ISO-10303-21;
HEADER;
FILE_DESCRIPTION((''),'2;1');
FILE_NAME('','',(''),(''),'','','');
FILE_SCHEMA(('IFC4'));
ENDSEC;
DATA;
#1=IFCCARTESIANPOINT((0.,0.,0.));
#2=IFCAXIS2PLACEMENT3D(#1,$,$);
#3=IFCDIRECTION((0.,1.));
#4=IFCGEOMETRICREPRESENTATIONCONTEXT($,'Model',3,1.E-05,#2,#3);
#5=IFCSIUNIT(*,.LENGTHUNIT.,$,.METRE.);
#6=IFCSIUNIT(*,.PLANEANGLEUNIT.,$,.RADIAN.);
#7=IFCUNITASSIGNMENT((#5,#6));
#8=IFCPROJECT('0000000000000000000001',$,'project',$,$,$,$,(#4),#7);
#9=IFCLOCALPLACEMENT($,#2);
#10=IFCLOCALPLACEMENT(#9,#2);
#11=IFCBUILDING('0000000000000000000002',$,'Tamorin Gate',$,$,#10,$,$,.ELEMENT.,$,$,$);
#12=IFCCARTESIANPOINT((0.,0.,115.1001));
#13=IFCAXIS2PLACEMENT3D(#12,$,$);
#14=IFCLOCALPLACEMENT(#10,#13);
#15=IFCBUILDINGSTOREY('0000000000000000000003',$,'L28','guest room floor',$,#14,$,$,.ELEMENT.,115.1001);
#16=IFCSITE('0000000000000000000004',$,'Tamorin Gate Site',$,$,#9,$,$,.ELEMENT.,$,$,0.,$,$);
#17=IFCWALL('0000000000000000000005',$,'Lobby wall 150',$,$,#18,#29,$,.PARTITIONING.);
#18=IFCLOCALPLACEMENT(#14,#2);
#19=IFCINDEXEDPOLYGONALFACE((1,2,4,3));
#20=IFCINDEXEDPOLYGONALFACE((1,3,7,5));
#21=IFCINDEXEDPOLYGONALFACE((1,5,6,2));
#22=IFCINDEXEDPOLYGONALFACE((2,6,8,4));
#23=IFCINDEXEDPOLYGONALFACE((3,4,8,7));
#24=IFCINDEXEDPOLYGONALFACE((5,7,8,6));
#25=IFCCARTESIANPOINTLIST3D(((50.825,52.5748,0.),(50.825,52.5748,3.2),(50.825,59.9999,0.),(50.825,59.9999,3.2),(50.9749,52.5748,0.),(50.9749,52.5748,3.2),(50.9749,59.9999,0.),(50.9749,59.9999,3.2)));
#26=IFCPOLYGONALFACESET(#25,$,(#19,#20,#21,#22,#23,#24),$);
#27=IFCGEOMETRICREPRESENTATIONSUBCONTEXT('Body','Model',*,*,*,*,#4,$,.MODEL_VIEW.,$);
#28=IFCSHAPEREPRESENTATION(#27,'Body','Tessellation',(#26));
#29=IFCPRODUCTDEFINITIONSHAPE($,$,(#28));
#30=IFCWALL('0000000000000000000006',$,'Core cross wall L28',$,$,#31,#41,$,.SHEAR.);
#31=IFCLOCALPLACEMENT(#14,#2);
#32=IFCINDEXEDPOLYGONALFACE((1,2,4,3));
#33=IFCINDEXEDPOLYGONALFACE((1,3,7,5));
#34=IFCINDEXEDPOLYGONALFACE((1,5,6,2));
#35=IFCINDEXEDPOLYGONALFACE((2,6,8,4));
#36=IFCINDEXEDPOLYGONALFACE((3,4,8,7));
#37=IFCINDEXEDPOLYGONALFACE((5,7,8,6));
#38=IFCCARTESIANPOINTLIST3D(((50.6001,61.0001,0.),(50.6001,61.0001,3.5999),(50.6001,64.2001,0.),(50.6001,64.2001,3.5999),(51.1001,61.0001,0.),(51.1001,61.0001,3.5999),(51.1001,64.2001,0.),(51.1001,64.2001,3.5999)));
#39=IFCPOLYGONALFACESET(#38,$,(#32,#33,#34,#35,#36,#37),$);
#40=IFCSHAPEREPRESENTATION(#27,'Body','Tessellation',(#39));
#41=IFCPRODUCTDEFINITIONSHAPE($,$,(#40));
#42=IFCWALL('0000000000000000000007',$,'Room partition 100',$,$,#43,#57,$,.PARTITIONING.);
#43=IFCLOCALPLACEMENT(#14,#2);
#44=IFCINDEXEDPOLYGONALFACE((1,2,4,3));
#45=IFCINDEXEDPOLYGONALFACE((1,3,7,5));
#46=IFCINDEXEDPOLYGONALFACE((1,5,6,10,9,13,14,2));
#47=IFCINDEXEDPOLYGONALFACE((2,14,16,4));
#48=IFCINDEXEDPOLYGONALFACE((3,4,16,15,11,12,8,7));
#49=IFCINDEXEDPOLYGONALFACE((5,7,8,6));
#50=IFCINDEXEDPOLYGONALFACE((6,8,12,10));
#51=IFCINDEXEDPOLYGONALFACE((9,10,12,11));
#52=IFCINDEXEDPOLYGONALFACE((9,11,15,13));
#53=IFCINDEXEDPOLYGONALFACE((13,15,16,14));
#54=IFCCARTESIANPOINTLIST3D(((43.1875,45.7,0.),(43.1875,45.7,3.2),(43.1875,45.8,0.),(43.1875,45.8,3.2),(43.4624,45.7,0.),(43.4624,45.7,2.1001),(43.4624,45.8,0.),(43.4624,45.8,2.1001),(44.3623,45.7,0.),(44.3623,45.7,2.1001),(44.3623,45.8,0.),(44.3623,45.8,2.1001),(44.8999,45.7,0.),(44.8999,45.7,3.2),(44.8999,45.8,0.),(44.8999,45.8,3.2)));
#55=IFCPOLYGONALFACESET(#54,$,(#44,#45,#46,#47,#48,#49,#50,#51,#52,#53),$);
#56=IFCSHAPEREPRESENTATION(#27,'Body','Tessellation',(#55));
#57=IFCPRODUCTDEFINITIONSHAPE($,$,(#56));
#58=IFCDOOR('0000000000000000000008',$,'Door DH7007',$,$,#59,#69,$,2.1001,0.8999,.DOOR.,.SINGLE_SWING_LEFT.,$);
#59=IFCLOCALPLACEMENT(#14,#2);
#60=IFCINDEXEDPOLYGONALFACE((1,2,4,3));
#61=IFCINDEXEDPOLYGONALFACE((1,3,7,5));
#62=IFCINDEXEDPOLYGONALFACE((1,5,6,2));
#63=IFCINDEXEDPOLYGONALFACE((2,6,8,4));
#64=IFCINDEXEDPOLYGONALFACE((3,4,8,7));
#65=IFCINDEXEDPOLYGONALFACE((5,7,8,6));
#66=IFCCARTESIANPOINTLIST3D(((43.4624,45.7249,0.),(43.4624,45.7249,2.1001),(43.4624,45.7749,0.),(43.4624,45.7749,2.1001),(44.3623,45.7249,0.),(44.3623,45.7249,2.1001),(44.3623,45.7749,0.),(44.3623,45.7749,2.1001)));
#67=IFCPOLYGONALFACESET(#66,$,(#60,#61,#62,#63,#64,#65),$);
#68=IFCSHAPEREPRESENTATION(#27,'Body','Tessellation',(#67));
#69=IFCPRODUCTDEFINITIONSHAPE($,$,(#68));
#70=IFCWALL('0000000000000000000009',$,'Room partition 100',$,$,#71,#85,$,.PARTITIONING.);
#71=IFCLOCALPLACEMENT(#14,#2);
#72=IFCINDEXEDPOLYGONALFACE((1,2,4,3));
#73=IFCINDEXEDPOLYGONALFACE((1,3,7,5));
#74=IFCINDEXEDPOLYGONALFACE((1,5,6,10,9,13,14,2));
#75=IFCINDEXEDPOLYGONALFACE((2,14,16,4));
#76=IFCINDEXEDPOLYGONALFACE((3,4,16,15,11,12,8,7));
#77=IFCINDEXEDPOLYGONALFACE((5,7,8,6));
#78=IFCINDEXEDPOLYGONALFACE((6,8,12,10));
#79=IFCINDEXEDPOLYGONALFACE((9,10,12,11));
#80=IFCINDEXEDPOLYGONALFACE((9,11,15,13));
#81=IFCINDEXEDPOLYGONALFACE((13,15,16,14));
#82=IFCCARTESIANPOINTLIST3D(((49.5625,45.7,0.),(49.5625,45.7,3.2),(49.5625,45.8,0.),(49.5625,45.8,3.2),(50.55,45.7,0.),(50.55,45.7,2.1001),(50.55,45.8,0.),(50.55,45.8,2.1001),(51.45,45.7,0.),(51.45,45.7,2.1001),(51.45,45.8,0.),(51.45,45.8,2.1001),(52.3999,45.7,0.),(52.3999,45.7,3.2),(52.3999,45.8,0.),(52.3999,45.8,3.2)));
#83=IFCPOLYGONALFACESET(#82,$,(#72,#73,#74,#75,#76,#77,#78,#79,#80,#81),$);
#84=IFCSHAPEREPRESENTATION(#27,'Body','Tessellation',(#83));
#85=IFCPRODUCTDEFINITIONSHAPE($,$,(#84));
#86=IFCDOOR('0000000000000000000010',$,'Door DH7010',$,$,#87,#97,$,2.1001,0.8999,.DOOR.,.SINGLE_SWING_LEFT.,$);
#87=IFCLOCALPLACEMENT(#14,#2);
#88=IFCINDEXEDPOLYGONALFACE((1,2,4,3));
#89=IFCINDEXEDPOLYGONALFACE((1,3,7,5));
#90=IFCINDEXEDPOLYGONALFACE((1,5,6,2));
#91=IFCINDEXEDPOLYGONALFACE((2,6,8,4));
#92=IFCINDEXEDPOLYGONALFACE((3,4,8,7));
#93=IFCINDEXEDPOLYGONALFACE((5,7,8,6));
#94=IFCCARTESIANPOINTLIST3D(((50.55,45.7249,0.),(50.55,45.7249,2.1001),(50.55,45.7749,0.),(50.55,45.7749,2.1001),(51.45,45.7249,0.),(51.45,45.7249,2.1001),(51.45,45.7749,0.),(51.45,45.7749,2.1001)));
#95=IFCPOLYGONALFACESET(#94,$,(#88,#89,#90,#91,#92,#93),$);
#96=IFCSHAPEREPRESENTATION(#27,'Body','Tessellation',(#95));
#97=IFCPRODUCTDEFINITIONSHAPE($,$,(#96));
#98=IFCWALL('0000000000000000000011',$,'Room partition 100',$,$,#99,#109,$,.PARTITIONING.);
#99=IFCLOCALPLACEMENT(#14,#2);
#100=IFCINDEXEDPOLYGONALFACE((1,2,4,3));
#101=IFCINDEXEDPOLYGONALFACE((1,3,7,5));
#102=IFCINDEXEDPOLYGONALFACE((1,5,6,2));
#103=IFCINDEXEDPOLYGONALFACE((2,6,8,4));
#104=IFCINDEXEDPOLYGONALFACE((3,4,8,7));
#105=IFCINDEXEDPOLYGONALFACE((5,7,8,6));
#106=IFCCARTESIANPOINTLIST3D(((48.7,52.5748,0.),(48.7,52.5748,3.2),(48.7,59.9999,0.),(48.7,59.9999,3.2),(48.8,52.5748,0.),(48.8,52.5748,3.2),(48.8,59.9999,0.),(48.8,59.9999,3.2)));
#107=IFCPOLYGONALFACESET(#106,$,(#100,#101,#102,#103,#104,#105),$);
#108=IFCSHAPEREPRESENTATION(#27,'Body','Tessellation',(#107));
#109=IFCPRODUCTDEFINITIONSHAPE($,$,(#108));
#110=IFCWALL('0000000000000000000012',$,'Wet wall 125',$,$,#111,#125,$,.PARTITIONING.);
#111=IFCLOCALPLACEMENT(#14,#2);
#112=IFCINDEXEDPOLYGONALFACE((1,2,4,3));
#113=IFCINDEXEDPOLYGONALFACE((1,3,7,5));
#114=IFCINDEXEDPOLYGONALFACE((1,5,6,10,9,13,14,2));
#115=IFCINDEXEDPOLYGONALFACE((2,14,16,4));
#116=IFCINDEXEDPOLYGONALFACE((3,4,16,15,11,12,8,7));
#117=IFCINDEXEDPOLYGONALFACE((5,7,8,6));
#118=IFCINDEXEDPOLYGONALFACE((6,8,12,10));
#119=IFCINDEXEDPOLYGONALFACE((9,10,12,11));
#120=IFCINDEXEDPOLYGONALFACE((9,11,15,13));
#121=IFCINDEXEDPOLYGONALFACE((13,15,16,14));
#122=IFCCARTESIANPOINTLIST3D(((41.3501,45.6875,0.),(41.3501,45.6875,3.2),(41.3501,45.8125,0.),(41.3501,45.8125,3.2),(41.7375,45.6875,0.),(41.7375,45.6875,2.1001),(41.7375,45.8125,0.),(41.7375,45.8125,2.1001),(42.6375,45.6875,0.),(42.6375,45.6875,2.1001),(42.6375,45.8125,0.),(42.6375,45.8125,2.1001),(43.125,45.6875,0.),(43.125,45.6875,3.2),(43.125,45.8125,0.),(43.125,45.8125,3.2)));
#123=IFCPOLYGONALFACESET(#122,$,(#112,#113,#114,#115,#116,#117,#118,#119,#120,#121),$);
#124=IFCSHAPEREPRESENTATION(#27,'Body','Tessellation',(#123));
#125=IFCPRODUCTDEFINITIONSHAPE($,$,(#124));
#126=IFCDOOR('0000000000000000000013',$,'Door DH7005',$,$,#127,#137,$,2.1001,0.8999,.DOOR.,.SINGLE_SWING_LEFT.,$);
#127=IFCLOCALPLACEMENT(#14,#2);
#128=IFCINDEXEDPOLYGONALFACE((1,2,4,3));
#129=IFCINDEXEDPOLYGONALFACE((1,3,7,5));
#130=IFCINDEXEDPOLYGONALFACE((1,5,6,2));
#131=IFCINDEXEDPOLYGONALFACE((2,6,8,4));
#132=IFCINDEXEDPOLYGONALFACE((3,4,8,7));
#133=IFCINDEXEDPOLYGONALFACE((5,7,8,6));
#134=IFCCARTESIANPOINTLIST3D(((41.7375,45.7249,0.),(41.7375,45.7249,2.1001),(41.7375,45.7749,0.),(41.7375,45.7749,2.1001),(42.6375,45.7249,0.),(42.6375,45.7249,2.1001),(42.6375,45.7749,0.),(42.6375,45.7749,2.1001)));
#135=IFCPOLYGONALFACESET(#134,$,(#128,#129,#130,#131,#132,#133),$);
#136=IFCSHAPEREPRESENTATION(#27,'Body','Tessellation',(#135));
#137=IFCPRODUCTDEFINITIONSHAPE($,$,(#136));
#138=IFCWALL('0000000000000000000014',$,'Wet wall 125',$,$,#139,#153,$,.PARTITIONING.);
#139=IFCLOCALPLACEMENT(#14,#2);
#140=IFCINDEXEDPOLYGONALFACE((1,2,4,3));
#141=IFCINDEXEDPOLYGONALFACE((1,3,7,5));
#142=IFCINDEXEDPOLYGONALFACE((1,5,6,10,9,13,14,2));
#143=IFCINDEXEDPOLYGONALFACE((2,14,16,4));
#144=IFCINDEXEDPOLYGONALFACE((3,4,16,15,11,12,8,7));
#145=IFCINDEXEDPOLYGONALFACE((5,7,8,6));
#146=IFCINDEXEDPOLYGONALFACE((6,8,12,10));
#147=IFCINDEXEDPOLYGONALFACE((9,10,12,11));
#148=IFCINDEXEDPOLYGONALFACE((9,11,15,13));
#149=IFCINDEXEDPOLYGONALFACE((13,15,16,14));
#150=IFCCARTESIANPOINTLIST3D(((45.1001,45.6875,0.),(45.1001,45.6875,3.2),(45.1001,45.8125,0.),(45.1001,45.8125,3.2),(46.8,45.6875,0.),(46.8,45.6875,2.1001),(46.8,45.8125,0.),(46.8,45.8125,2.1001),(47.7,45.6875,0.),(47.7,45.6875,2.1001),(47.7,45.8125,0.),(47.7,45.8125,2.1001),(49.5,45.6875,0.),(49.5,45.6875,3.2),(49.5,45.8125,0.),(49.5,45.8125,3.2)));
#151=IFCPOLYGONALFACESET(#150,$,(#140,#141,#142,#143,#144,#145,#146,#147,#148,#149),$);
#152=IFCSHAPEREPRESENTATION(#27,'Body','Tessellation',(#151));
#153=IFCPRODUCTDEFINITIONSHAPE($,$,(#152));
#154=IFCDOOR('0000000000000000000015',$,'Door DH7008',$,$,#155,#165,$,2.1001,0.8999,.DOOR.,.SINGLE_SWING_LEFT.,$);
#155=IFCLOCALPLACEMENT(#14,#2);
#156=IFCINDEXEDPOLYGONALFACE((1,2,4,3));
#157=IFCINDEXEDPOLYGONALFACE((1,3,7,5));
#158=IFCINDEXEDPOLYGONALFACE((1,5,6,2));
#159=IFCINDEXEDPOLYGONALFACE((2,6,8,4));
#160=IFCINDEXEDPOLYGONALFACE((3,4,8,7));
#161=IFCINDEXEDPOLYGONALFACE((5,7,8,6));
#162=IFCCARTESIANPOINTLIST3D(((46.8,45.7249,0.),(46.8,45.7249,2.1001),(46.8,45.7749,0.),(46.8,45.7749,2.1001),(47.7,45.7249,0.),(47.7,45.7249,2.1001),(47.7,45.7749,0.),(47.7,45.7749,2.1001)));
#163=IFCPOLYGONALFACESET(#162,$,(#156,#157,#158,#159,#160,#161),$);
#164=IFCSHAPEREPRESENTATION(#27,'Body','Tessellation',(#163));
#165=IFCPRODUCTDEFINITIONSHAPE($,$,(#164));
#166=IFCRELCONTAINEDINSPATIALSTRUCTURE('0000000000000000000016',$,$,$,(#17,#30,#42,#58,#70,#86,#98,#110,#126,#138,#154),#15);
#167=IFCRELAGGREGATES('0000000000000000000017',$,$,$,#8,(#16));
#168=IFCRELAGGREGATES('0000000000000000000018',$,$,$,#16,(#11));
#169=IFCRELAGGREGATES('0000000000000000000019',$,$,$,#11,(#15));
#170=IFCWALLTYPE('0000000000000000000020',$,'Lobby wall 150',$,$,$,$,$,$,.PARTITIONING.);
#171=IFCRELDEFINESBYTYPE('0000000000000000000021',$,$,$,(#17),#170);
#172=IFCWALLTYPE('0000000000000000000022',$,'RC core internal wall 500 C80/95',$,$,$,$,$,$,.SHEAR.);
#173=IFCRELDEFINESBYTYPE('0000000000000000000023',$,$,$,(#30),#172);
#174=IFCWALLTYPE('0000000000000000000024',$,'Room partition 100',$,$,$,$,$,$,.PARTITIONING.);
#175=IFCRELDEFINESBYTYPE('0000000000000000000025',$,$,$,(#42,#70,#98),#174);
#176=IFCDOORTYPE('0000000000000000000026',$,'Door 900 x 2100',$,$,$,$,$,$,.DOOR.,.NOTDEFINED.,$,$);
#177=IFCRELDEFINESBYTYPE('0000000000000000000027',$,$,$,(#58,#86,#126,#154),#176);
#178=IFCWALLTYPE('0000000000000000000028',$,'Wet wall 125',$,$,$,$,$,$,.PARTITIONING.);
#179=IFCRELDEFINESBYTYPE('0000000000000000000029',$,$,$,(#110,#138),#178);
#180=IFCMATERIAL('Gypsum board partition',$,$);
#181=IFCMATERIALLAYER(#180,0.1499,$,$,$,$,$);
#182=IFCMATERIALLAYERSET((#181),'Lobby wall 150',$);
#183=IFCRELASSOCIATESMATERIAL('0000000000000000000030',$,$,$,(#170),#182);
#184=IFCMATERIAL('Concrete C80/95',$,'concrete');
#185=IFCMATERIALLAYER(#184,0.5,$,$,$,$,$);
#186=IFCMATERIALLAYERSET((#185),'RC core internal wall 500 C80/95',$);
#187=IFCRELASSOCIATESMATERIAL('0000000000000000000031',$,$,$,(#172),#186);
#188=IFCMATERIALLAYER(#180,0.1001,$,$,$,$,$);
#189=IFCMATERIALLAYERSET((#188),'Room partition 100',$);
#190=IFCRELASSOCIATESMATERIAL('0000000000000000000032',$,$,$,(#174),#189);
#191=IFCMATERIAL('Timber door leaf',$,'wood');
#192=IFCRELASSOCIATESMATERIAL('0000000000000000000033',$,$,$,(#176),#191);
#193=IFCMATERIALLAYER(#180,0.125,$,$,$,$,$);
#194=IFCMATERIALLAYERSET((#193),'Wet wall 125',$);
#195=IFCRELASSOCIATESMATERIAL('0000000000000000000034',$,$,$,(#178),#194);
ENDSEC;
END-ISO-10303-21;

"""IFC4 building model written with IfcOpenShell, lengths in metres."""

from ifc_helpers import new_model, si_unit, direction, frame, frame_2d, origin, place, context, subcontext, project, spatial, rectangle, extrude, material, layer, layer_set, type_object, element, fill, save


model = new_model("IFC4")

# Units and contexts
model_context = context("Model", 3, precision=1e-05, world=origin(), true_north=direction((0.0, 1.0)))
body_context = subcontext(model_context, "Body", "Model", "MODEL_VIEW")
ifc_project = project(units=[si_unit("LENGTHUNIT", "METRE"), si_unit("PLANEANGLEUNIT", "RADIAN")], contexts=[model_context])

# Site, building, storey
site_placement = place(None, origin())
site = spatial("IfcSite", under=ifc_project, at=site_placement, Name="Tamorin Gate Site", CompositionType="ELEMENT", RefElevation=0.0)
building_placement = place(site_placement, origin())
building = spatial("IfcBuilding", under=site, at=building_placement, Name="Tamorin Gate", CompositionType="ELEMENT")
storey_placement = place(building_placement, frame((0.0, 0.0, 115.1001)))
storey = spatial("IfcBuildingStorey", under=building, at=storey_placement, Name="L28", Description="guest room floor", CompositionType="ELEMENT", Elevation=115.1001)

# Shared definitions
ifc_material_1 = material(Name="Concrete C80/95", Category="concrete")

# Walls
ifc_material_2 = material(Name="Gypsum board partition")
ifc_layer_1 = layer(ifc_material_2, 0.1499)
ifc_layer_set_1 = layer_set([ifc_layer_1], Name="Lobby wall 150")
wall_type_1 = type_object("IfcWallType", Name="Lobby wall 150", PredefinedType="PARTITIONING", material=ifc_layer_set_1)
wall_1_placement = place(storey_placement, frame((50.8999, 52.575, 0.0), z_axis=(0.0, 0.0, 1.0), x_axis=(0.0, 1.0, 0.0)))
element("IfcWall", 1, at=wall_1_placement, inside=storey, type_object=wall_type_1, Name="Lobby wall 150", PredefinedType="PARTITIONING", context=body_context, shape_type="SweptSolid", body=[
    extrude(rectangle(XDim=7.425, YDim=0.1499, at=frame_2d((3.7124, 0.0))), origin(), (0.0, 0.0, 1.0), 3.2),
])
ifc_layer_2 = layer(ifc_material_1, 0.5)
ifc_layer_set_2 = layer_set([ifc_layer_2], Name="RC core internal wall 500 C80/95")
wall_type_2 = type_object("IfcWallType", Name="RC core internal wall 500 C80/95", PredefinedType="SHEAR", material=ifc_layer_set_2)
wall_2_placement = place(storey_placement, frame((50.8501, 61.0, 0.0), z_axis=(0.0, 0.0, 1.0), x_axis=(0.0, 1.0, 0.0)))
element("IfcWall", 2, at=wall_2_placement, inside=storey, type_object=wall_type_2, Name="Core cross wall L28", PredefinedType="SHEAR", context=body_context, shape_type="SweptSolid", body=[
    extrude(rectangle(XDim=3.2, YDim=0.5, at=frame_2d((1.6001, 0.0))), origin(), (0.0, 0.0, 1.0), 3.5999),
])

# Walls, openings, doors
ifc_layer_3 = layer(ifc_material_2, 0.1001)
ifc_layer_set_3 = layer_set([ifc_layer_3], Name="Room partition 100")
wall_type_3 = type_object("IfcWallType", Name="Room partition 100", PredefinedType="PARTITIONING", material=ifc_layer_set_3)
wall_3_placement = place(storey_placement, frame((43.1875, 45.75, 0.0), z_axis=(0.0, 0.0, 1.0), x_axis=(1.0, 0.0, 0.0)))
wall_3 = element("IfcWall", 3, at=wall_3_placement, inside=storey, type_object=wall_type_3, Name="Room partition 100", PredefinedType="PARTITIONING", context=body_context, shape_type="SweptSolid", body=[
    extrude(rectangle(XDim=1.7124, YDim=0.1001, at=frame_2d((0.8562, 0.0))), origin(), (0.0, 0.0, 1.0), 3.2),
])
opening_1_placement = place(wall_3_placement, frame((0.2749, 0.0, 0.0)))
opening_1 = element("IfcOpeningElement", 4, at=opening_1_placement, cuts=wall_3, PredefinedType="OPENING", context=body_context, shape_type="SweptSolid", body=[
    extrude(rectangle(XDim=0.8999, YDim=2.1001, at=frame_2d((0.45, 1.05))), frame((0.0, 0.0601, 0.0), z_axis=(0.0, -1.0, 0.0), x_axis=(1.0, 0.0, 0.0)), (0.0, 0.0, 1.0), 0.1201),
])
ifc_material_3 = material(Name="Timber door leaf", Category="wood")
door_type = type_object("IfcDoorType", Name="Door 900 x 2100", OperationType="NOTDEFINED", PredefinedType="DOOR", material=ifc_material_3)
door_1_placement = place(opening_1_placement, origin())
door_1 = element("IfcDoor", 5, at=door_1_placement, inside=storey, type_object=door_type, Name="Door DH7007", OperationType="SINGLE_SWING_LEFT", OverallHeight=2.1001, OverallWidth=0.8999, PredefinedType="DOOR", context=body_context, shape_type="SweptSolid", body=[
    extrude(rectangle(XDim=0.8999, YDim=2.1001, at=frame_2d((0.45, 1.05))), frame((0.0, 0.0249, 0.0), z_axis=(0.0, -1.0, 0.0), x_axis=(1.0, 0.0, 0.0)), (0.0, 0.0, 1.0), 0.05),
])
fill(opening_1, door_1)
wall_4_placement = place(storey_placement, frame((49.5625, 45.75, 0.0), z_axis=(0.0, 0.0, 1.0), x_axis=(1.0, 0.0, 0.0)))
wall_4 = element("IfcWall", 6, at=wall_4_placement, inside=storey, type_object=wall_type_3, Name="Room partition 100", PredefinedType="PARTITIONING", context=body_context, shape_type="SweptSolid", body=[
    extrude(rectangle(XDim=2.8374, YDim=0.1001, at=frame_2d((1.4187, 0.0))), origin(), (0.0, 0.0, 1.0), 3.2),
])
opening_2_placement = place(wall_4_placement, frame((0.9875, 0.0, 0.0)))
opening_2 = element("IfcOpeningElement", 7, at=opening_2_placement, cuts=wall_4, PredefinedType="OPENING", context=body_context, shape_type="SweptSolid", body=[
    extrude(rectangle(XDim=0.8999, YDim=2.1001, at=frame_2d((0.45, 1.05))), frame((0.0, 0.0601, 0.0), z_axis=(0.0, -1.0, 0.0), x_axis=(1.0, 0.0, 0.0)), (0.0, 0.0, 1.0), 0.1201),
])
door_2_placement = place(opening_2_placement, origin())
door_2 = element("IfcDoor", 8, at=door_2_placement, inside=storey, type_object=door_type, Name="Door DH7010", OperationType="SINGLE_SWING_LEFT", OverallHeight=2.1001, OverallWidth=0.8999, PredefinedType="DOOR", context=body_context, shape_type="SweptSolid", body=[
    extrude(rectangle(XDim=0.8999, YDim=2.1001, at=frame_2d((0.45, 1.05))), frame((0.0, 0.0249, 0.0), z_axis=(0.0, -1.0, 0.0), x_axis=(1.0, 0.0, 0.0)), (0.0, 0.0, 1.0), 0.05),
])
fill(opening_2, door_2)

# Wall
wall_5_placement = place(storey_placement, frame((48.75, 52.575, 0.0), z_axis=(0.0, 0.0, 1.0), x_axis=(0.0, 1.0, 0.0)))
element("IfcWall", 9, at=wall_5_placement, inside=storey, type_object=wall_type_3, Name="Room partition 100", PredefinedType="PARTITIONING", context=body_context, shape_type="SweptSolid", body=[
    extrude(rectangle(XDim=7.425, YDim=0.1001, at=frame_2d((3.7124, 0.0))), origin(), (0.0, 0.0, 1.0), 3.2),
])

# Walls, openings, doors
ifc_layer_4 = layer(ifc_material_2, 0.125)
ifc_layer_set_4 = layer_set([ifc_layer_4], Name="Wet wall 125")
wall_type_4 = type_object("IfcWallType", Name="Wet wall 125", PredefinedType="PARTITIONING", material=ifc_layer_set_4)
wall_6_placement = place(storey_placement, frame((41.3501, 45.75, 0.0), z_axis=(0.0, 0.0, 1.0), x_axis=(1.0, 0.0, 0.0)))
wall_6 = element("IfcWall", 10, at=wall_6_placement, inside=storey, type_object=wall_type_4, Name="Wet wall 125", PredefinedType="PARTITIONING", context=body_context, shape_type="SweptSolid", body=[
    extrude(rectangle(XDim=1.7749, YDim=0.125, at=frame_2d((0.8875, 0.0))), origin(), (0.0, 0.0, 1.0), 3.2),
])
opening_3_placement = place(wall_6_placement, frame((0.3875, 0.0, 0.0)))
opening_3 = element("IfcOpeningElement", 11, at=opening_3_placement, cuts=wall_6, PredefinedType="OPENING", context=body_context, shape_type="SweptSolid", body=[
    extrude(rectangle(XDim=0.8999, YDim=2.1001, at=frame_2d((0.45, 1.05))), frame((0.0, 0.0725, 0.0), z_axis=(0.0, -1.0, 0.0), x_axis=(1.0, 0.0, 0.0)), (0.0, 0.0, 1.0), 0.145),
])
door_3_placement = place(opening_3_placement, origin())
door_3 = element("IfcDoor", 12, at=door_3_placement, inside=storey, type_object=door_type, Name="Door DH7005", OperationType="SINGLE_SWING_LEFT", OverallHeight=2.1001, OverallWidth=0.8999, PredefinedType="DOOR", context=body_context, shape_type="SweptSolid", body=[
    extrude(rectangle(XDim=0.8999, YDim=2.1001, at=frame_2d((0.45, 1.05))), frame((0.0, 0.0249, 0.0), z_axis=(0.0, -1.0, 0.0), x_axis=(1.0, 0.0, 0.0)), (0.0, 0.0, 1.0), 0.05),
])
fill(opening_3, door_3)
wall_7_placement = place(storey_placement, frame((45.1001, 45.75, 0.0), z_axis=(0.0, 0.0, 1.0), x_axis=(1.0, 0.0, 0.0)))
wall_7 = element("IfcWall", 13, at=wall_7_placement, inside=storey, type_object=wall_type_4, Name="Wet wall 125", PredefinedType="PARTITIONING", context=body_context, shape_type="SweptSolid", body=[
    extrude(rectangle(XDim=4.3999, YDim=0.125, at=frame_2d((2.2, 0.0))), origin(), (0.0, 0.0, 1.0), 3.2),
])
opening_4_placement = place(wall_7_placement, frame((1.7, 0.0, 0.0)))
opening_4 = element("IfcOpeningElement", 14, at=opening_4_placement, cuts=wall_7, PredefinedType="OPENING", context=body_context, shape_type="SweptSolid", body=[
    extrude(rectangle(XDim=0.8999, YDim=2.1001, at=frame_2d((0.45, 1.05))), frame((0.0, 0.0725, 0.0), z_axis=(0.0, -1.0, 0.0), x_axis=(1.0, 0.0, 0.0)), (0.0, 0.0, 1.0), 0.145),
])
door_4_placement = place(opening_4_placement, origin())
door_4 = element("IfcDoor", 15, at=door_4_placement, inside=storey, type_object=door_type, Name="Door DH7008", OperationType="SINGLE_SWING_LEFT", OverallHeight=2.1001, OverallWidth=0.8999, PredefinedType="DOOR", context=body_context, shape_type="SweptSolid", body=[
    extrude(rectangle(XDim=0.8999, YDim=2.1001, at=frame_2d((0.45, 1.05))), frame((0.0, 0.0249, 0.0), z_axis=(0.0, -1.0, 0.0), x_axis=(1.0, 0.0, 0.0)), (0.0, 0.0, 1.0), 0.05),
])
fill(opening_4, door_4)

save(model, "model.ifc")
